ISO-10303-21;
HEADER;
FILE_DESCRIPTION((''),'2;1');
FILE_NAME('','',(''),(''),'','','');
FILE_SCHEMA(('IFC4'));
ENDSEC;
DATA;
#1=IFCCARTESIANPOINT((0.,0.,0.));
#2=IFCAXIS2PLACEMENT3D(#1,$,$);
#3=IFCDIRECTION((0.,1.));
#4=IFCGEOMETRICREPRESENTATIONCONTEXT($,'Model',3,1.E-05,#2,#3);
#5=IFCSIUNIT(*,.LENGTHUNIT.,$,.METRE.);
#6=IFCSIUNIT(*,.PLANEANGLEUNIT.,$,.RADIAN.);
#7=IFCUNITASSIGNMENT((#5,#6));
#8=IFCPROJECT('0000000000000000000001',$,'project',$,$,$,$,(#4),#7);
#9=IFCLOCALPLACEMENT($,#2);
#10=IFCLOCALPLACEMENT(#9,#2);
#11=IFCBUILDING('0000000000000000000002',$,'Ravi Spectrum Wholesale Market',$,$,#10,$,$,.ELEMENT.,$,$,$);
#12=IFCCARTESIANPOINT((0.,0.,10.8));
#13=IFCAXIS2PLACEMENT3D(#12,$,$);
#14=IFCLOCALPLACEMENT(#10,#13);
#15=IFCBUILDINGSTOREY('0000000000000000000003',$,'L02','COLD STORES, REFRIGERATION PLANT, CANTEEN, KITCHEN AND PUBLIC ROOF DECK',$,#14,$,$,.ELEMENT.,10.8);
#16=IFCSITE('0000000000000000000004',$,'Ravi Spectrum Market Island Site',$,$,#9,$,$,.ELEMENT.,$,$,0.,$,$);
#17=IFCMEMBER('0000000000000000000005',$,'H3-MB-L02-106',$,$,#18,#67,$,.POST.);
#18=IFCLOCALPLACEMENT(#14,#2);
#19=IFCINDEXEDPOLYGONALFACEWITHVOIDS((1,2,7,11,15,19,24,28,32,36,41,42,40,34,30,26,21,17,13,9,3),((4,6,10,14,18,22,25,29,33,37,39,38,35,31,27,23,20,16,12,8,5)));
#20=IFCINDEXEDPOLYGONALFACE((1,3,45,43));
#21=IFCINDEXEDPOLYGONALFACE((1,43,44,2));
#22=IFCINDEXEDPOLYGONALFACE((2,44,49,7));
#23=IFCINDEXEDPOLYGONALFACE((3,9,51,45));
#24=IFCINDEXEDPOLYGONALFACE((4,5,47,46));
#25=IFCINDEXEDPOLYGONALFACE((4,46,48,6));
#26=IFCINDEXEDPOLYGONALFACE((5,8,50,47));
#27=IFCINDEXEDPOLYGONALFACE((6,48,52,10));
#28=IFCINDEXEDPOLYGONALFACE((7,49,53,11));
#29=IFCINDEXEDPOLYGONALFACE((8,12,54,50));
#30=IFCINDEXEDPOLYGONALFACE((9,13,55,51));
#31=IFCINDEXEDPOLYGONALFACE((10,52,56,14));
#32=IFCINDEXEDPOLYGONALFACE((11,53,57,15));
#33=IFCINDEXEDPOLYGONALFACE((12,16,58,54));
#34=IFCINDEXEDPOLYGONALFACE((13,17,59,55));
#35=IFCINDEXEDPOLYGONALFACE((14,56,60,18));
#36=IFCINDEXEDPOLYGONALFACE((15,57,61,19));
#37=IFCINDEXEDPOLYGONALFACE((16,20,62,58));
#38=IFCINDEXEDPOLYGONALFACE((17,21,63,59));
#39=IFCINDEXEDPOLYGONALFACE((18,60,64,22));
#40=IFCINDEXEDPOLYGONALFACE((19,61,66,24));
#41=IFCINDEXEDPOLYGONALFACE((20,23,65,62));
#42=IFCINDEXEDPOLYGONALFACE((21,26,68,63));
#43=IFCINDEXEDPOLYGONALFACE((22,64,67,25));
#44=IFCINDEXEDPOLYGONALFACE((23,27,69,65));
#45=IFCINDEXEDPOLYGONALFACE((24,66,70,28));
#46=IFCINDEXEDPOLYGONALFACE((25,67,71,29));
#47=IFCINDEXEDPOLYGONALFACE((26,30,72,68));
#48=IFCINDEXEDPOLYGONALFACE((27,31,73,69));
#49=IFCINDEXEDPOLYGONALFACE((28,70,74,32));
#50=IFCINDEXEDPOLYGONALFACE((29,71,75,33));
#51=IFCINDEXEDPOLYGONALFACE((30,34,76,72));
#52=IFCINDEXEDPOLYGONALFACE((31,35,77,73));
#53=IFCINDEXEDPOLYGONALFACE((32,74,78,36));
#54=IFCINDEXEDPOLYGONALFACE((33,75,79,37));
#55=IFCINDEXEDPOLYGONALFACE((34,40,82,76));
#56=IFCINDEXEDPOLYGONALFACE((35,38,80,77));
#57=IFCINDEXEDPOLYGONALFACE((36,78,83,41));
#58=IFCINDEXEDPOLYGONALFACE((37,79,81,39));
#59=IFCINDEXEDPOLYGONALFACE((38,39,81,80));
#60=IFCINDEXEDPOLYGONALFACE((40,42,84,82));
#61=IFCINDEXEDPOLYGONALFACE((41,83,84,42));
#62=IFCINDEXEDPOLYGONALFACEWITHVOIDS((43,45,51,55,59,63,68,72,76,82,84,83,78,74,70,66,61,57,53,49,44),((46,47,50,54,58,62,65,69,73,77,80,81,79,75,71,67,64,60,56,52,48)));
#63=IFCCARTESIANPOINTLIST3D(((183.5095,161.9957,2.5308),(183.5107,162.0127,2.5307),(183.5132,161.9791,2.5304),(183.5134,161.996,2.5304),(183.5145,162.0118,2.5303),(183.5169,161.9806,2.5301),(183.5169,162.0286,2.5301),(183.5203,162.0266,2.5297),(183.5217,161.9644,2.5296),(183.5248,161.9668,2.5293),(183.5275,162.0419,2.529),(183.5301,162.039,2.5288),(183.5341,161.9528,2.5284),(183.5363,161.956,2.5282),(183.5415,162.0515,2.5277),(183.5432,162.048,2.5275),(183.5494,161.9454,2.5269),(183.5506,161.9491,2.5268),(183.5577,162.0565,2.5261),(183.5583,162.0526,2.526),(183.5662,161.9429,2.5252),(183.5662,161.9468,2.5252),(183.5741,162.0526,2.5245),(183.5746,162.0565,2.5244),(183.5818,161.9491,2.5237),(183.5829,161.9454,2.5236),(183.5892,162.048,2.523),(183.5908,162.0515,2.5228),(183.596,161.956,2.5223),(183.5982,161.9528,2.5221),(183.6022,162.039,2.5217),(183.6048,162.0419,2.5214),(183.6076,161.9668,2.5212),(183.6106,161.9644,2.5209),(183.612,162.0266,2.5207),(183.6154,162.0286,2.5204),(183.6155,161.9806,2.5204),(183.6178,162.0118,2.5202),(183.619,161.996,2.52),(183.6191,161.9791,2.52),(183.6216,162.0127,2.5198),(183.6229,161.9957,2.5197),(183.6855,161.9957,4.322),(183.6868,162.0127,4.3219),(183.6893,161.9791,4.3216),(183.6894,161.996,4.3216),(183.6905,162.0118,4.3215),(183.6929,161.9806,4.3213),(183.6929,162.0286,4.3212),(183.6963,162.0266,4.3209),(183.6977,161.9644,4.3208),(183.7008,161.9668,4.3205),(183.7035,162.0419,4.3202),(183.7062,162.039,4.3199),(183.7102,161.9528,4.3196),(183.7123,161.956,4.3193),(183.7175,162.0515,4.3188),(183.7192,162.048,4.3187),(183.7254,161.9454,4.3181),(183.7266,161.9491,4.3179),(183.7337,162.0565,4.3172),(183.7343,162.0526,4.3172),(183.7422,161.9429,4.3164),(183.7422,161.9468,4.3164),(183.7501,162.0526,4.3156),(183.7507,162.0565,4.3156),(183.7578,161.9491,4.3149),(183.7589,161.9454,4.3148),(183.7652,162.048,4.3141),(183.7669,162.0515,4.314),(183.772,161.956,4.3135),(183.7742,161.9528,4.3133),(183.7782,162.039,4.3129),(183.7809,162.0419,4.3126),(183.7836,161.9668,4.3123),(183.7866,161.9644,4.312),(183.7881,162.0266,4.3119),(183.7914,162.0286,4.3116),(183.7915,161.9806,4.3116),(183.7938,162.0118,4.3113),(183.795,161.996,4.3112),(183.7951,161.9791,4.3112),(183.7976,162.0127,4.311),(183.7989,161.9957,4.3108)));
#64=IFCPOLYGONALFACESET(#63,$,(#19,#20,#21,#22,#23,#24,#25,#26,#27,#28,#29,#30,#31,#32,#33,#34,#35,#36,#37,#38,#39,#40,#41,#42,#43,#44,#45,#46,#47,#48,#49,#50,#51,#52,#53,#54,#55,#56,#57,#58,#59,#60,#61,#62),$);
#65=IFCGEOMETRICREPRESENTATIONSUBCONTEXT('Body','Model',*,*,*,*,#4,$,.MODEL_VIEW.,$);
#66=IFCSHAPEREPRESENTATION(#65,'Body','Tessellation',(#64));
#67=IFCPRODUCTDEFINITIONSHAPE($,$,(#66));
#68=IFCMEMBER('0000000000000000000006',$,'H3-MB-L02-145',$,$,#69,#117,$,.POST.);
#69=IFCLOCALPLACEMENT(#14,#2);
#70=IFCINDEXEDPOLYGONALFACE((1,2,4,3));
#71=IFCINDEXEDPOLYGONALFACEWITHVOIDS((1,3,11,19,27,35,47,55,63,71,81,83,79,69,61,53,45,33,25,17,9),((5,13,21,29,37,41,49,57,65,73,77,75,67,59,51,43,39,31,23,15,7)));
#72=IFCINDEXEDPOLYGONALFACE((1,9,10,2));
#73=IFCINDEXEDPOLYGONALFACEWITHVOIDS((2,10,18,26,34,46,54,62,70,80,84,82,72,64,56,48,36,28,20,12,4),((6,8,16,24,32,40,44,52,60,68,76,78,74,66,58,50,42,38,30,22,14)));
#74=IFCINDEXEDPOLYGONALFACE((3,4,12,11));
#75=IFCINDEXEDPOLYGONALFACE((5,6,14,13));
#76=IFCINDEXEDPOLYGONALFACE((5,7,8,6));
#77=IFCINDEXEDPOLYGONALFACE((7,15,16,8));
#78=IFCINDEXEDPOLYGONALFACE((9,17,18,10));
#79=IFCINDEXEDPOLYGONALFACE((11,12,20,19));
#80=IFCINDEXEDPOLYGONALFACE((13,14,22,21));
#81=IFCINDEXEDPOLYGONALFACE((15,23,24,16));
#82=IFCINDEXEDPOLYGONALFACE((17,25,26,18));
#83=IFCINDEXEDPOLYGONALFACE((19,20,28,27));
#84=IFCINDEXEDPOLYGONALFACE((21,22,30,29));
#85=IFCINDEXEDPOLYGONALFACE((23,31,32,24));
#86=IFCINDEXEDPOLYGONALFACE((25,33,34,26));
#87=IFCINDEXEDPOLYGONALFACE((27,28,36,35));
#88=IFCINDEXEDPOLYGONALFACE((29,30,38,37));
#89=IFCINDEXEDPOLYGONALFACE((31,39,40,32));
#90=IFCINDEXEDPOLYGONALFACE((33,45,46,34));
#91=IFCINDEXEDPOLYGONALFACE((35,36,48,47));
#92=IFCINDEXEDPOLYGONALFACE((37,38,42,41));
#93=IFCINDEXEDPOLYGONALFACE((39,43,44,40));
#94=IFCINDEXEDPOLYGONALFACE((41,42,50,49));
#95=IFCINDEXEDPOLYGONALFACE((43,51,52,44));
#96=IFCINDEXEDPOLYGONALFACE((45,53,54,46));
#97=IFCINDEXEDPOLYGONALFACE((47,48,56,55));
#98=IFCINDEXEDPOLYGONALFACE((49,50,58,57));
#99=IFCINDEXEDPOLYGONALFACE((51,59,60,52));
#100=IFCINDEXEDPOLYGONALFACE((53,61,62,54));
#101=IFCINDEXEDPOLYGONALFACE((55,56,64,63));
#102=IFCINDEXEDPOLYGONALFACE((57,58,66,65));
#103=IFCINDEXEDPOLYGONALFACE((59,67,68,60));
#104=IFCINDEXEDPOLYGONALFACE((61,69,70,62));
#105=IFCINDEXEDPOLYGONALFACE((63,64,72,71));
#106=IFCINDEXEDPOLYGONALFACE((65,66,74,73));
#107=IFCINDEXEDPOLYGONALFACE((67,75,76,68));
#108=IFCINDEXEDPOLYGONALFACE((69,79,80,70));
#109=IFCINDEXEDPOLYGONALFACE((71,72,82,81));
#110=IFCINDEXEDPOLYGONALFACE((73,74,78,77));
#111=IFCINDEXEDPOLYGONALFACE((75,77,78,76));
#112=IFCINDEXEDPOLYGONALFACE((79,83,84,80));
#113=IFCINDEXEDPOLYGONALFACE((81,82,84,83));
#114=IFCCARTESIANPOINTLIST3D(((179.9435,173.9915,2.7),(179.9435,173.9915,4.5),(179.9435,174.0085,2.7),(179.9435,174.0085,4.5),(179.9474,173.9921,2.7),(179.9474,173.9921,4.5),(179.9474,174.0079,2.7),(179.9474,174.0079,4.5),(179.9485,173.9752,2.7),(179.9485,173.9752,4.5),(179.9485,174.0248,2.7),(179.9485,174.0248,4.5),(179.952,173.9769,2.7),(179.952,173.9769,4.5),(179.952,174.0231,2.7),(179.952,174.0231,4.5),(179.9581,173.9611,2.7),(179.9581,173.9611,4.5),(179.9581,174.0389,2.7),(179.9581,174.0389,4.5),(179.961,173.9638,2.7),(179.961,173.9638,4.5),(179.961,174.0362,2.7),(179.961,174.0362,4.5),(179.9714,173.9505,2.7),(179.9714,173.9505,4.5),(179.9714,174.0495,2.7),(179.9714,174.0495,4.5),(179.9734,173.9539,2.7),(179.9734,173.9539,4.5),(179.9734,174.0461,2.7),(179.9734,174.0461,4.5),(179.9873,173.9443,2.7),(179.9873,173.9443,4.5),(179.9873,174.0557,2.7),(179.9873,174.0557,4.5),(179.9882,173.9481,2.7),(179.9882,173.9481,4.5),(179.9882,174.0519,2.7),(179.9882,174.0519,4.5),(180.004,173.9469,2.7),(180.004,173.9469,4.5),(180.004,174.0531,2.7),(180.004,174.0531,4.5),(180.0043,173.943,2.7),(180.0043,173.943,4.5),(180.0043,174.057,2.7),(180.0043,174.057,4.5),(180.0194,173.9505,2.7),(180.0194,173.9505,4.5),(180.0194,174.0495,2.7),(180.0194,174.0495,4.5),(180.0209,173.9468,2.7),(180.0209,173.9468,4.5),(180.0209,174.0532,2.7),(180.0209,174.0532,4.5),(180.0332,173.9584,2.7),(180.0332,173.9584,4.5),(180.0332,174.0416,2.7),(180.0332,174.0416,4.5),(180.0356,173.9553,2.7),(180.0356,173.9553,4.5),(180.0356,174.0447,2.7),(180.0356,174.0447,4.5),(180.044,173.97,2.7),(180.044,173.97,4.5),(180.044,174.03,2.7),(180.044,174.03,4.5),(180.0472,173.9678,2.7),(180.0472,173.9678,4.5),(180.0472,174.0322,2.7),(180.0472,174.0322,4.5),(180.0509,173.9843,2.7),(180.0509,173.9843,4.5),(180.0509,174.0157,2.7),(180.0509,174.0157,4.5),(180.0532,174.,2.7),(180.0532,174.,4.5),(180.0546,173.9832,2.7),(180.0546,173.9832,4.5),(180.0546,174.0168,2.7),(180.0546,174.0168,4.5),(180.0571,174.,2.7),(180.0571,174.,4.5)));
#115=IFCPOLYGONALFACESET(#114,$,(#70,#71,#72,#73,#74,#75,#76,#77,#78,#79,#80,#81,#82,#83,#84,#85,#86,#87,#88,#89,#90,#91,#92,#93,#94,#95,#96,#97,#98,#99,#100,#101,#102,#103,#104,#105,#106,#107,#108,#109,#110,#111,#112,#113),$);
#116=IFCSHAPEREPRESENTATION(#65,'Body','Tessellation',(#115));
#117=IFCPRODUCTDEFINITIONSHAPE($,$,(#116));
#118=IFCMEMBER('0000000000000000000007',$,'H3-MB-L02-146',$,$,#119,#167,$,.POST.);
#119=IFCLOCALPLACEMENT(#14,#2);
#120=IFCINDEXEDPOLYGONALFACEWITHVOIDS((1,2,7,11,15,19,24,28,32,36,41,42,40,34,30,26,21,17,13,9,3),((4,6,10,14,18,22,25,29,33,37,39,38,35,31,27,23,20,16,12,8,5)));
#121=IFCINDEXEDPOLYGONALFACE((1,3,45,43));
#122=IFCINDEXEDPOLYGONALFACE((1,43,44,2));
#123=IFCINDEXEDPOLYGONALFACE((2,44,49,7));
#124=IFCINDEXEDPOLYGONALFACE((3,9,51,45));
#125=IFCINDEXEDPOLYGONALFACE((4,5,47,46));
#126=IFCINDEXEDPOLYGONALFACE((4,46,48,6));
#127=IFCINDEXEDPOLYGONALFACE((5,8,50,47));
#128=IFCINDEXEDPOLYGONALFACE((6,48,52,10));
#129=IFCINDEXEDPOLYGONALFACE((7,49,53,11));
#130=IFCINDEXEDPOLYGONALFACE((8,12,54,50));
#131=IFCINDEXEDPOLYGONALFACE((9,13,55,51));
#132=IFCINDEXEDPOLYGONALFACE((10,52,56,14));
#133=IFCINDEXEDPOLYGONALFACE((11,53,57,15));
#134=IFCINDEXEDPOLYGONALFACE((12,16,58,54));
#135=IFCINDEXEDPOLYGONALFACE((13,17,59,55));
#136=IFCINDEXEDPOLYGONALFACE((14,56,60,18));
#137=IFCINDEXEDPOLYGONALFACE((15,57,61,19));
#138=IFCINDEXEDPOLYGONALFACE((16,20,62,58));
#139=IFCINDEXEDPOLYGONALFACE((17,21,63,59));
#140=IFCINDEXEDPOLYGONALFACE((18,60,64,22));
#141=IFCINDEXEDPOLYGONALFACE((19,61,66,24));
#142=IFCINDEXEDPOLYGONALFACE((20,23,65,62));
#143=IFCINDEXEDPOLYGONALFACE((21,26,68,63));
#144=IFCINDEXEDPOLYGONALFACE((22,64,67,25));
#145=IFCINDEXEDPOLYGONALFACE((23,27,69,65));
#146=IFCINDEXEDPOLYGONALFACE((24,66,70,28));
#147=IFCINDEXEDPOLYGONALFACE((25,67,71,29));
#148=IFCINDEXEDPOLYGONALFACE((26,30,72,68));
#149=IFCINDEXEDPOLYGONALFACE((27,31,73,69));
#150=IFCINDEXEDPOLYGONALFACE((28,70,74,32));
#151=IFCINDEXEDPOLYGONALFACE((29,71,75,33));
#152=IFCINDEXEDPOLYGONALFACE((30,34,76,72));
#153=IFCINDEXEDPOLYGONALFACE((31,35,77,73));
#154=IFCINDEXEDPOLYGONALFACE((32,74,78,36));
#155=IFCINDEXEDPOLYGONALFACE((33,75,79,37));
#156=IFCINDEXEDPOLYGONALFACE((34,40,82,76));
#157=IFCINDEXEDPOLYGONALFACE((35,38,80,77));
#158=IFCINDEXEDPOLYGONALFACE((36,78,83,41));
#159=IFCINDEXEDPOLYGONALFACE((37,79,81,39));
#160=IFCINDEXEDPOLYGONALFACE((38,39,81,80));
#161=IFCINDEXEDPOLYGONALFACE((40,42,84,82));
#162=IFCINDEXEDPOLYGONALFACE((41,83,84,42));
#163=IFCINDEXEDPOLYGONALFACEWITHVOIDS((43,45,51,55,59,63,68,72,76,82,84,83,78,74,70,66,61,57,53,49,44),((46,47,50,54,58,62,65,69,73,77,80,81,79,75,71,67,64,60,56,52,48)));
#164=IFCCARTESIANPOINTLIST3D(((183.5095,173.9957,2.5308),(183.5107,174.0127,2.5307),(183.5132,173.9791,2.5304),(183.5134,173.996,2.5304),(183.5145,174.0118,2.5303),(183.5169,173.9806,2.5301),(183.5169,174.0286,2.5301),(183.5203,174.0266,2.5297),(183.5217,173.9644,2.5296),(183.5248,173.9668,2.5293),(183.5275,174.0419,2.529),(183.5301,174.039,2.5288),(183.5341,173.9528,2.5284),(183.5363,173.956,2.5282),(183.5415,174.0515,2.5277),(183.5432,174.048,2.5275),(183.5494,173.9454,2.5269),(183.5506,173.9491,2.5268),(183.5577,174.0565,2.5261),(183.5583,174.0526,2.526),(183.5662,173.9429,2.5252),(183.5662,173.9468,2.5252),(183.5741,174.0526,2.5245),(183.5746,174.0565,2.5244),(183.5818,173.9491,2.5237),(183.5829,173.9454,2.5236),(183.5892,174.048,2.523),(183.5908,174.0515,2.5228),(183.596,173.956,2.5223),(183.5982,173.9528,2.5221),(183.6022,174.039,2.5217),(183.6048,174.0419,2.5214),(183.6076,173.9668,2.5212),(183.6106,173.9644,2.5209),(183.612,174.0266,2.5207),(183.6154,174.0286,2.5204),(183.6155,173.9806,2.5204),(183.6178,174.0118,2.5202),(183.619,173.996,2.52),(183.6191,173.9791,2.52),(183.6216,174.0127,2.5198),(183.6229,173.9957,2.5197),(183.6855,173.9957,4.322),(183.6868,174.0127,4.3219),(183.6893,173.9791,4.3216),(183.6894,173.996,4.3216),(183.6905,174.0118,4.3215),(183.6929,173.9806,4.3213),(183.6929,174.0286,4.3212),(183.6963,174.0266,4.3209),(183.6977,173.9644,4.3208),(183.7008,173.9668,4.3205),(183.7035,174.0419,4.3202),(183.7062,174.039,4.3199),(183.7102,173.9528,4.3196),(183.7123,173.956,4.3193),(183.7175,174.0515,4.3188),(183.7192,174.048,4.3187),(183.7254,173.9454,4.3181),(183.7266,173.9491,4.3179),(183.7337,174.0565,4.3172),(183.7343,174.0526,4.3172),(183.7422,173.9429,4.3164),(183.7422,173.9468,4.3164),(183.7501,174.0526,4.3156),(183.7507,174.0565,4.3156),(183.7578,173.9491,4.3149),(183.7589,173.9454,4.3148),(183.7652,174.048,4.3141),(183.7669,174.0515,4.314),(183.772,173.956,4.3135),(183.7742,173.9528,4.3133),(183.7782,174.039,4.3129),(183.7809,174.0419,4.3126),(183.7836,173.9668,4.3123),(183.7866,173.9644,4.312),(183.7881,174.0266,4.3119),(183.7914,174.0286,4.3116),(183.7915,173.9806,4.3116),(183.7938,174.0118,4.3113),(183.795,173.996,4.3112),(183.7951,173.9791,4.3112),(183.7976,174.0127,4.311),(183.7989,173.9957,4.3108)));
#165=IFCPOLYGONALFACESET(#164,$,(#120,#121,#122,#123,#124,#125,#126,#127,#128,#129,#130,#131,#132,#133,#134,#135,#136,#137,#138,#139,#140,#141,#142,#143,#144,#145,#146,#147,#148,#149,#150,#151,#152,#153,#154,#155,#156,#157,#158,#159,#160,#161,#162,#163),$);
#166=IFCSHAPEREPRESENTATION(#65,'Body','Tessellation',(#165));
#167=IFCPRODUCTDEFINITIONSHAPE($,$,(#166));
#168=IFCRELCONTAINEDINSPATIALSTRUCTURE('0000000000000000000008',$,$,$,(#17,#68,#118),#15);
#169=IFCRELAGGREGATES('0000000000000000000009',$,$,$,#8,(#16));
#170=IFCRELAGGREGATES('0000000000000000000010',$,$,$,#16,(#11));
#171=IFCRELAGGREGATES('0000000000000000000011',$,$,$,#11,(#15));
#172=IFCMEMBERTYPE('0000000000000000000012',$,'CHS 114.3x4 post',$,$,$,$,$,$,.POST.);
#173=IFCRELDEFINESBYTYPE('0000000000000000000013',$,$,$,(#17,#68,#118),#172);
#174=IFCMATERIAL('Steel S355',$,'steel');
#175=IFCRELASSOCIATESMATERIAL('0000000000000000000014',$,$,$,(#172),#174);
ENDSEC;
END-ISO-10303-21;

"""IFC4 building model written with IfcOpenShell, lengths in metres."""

from ifc_helpers import new_model, si_unit, direction, frame, origin, origin_2d, place, context, subcontext, project, spatial, hollow_circle, extrude, material, material_profile, profile_set, type_object, element, save


model = new_model("IFC4")

# Units and contexts
model_context = context("Model", 3, precision=1e-05, world=origin(), true_north=direction((0.0, 1.0)))
body_context = subcontext(model_context, "Body", "Model", "MODEL_VIEW")
ifc_project = project(units=[si_unit("LENGTHUNIT", "METRE"), si_unit("PLANEANGLEUNIT", "RADIAN")], contexts=[model_context])

# Site, building, storey
site_placement = place(None, origin())
site = spatial("IfcSite", under=ifc_project, at=site_placement, Name="Ravi Spectrum Market Island Site", CompositionType="ELEMENT", RefElevation=0.0)
building_placement = place(site_placement, origin())
building = spatial("IfcBuilding", under=site, at=building_placement, Name="Ravi Spectrum Wholesale Market", CompositionType="ELEMENT")
storey_placement = place(building_placement, frame((0.0, 0.0, 10.8)))
storey = spatial("IfcBuildingStorey", under=building, at=storey_placement, Name="L02", Description="COLD STORES, REFRIGERATION PLANT, CANTEEN, KITCHEN AND PUBLIC ROOF DECK", CompositionType="ELEMENT", Elevation=10.8)

# Members
ifc_material_1 = material(Name="Steel S355", Category="steel")
ifc_material_profile_1 = material_profile(ifc_material_1, hollow_circle(Radius=0.0571, WallThickness=0.0039, at=origin_2d()))
ifc_profile_set_1 = profile_set([ifc_material_profile_1], Name="Steel S355")
member_type_1 = type_object("IfcMemberType", Name="CHS 114.3x4 post", PredefinedType="POST", material=ifc_profile_set_1)
member_1_placement = place(storey_placement, frame((183.7422, 162.0, 4.3164), z_axis=(-0.097798, 0.0, -0.995206), x_axis=(0.0, -1.0, 0.0)))
element("IfcMember", 1, at=member_1_placement, inside=storey, type_object=member_type_1, Name="H3-MB-L02-106", PredefinedType="POST", context=body_context, shape_type="SweptSolid", body=[
    extrude(hollow_circle(Radius=0.0571, WallThickness=0.0039, at=origin_2d()), origin(), (0.0, 0.0, 1.0), 1.7998),
])
member_2_placement = place(storey_placement, frame((180.0, 174.0, 4.5), z_axis=(0.0, 0.0, -1.0), x_axis=(1.0, 0.0, 0.0)))
element("IfcMember", 2, at=member_2_placement, inside=storey, type_object=member_type_1, Name="H3-MB-L02-145", PredefinedType="POST", context=body_context, shape_type="SweptSolid", body=[
    extrude(hollow_circle(Radius=0.0571, WallThickness=0.0039, at=origin_2d()), origin(), (0.0, 0.0, 1.0), 1.8),
])
member_3_placement = place(storey_placement, frame((183.7422, 174.0, 4.3164), z_axis=(-0.097798, 0.0, -0.995206), x_axis=(0.0, -1.0, 0.0)))
element("IfcMember", 3, at=member_3_placement, inside=storey, type_object=member_type_1, Name="H3-MB-L02-146", PredefinedType="POST", context=body_context, shape_type="SweptSolid", body=[
    extrude(hollow_circle(Radius=0.0571, WallThickness=0.0039, at=origin_2d()), origin(), (0.0, 0.0, 1.0), 1.7998),
])

save(model, "model.ifc")
